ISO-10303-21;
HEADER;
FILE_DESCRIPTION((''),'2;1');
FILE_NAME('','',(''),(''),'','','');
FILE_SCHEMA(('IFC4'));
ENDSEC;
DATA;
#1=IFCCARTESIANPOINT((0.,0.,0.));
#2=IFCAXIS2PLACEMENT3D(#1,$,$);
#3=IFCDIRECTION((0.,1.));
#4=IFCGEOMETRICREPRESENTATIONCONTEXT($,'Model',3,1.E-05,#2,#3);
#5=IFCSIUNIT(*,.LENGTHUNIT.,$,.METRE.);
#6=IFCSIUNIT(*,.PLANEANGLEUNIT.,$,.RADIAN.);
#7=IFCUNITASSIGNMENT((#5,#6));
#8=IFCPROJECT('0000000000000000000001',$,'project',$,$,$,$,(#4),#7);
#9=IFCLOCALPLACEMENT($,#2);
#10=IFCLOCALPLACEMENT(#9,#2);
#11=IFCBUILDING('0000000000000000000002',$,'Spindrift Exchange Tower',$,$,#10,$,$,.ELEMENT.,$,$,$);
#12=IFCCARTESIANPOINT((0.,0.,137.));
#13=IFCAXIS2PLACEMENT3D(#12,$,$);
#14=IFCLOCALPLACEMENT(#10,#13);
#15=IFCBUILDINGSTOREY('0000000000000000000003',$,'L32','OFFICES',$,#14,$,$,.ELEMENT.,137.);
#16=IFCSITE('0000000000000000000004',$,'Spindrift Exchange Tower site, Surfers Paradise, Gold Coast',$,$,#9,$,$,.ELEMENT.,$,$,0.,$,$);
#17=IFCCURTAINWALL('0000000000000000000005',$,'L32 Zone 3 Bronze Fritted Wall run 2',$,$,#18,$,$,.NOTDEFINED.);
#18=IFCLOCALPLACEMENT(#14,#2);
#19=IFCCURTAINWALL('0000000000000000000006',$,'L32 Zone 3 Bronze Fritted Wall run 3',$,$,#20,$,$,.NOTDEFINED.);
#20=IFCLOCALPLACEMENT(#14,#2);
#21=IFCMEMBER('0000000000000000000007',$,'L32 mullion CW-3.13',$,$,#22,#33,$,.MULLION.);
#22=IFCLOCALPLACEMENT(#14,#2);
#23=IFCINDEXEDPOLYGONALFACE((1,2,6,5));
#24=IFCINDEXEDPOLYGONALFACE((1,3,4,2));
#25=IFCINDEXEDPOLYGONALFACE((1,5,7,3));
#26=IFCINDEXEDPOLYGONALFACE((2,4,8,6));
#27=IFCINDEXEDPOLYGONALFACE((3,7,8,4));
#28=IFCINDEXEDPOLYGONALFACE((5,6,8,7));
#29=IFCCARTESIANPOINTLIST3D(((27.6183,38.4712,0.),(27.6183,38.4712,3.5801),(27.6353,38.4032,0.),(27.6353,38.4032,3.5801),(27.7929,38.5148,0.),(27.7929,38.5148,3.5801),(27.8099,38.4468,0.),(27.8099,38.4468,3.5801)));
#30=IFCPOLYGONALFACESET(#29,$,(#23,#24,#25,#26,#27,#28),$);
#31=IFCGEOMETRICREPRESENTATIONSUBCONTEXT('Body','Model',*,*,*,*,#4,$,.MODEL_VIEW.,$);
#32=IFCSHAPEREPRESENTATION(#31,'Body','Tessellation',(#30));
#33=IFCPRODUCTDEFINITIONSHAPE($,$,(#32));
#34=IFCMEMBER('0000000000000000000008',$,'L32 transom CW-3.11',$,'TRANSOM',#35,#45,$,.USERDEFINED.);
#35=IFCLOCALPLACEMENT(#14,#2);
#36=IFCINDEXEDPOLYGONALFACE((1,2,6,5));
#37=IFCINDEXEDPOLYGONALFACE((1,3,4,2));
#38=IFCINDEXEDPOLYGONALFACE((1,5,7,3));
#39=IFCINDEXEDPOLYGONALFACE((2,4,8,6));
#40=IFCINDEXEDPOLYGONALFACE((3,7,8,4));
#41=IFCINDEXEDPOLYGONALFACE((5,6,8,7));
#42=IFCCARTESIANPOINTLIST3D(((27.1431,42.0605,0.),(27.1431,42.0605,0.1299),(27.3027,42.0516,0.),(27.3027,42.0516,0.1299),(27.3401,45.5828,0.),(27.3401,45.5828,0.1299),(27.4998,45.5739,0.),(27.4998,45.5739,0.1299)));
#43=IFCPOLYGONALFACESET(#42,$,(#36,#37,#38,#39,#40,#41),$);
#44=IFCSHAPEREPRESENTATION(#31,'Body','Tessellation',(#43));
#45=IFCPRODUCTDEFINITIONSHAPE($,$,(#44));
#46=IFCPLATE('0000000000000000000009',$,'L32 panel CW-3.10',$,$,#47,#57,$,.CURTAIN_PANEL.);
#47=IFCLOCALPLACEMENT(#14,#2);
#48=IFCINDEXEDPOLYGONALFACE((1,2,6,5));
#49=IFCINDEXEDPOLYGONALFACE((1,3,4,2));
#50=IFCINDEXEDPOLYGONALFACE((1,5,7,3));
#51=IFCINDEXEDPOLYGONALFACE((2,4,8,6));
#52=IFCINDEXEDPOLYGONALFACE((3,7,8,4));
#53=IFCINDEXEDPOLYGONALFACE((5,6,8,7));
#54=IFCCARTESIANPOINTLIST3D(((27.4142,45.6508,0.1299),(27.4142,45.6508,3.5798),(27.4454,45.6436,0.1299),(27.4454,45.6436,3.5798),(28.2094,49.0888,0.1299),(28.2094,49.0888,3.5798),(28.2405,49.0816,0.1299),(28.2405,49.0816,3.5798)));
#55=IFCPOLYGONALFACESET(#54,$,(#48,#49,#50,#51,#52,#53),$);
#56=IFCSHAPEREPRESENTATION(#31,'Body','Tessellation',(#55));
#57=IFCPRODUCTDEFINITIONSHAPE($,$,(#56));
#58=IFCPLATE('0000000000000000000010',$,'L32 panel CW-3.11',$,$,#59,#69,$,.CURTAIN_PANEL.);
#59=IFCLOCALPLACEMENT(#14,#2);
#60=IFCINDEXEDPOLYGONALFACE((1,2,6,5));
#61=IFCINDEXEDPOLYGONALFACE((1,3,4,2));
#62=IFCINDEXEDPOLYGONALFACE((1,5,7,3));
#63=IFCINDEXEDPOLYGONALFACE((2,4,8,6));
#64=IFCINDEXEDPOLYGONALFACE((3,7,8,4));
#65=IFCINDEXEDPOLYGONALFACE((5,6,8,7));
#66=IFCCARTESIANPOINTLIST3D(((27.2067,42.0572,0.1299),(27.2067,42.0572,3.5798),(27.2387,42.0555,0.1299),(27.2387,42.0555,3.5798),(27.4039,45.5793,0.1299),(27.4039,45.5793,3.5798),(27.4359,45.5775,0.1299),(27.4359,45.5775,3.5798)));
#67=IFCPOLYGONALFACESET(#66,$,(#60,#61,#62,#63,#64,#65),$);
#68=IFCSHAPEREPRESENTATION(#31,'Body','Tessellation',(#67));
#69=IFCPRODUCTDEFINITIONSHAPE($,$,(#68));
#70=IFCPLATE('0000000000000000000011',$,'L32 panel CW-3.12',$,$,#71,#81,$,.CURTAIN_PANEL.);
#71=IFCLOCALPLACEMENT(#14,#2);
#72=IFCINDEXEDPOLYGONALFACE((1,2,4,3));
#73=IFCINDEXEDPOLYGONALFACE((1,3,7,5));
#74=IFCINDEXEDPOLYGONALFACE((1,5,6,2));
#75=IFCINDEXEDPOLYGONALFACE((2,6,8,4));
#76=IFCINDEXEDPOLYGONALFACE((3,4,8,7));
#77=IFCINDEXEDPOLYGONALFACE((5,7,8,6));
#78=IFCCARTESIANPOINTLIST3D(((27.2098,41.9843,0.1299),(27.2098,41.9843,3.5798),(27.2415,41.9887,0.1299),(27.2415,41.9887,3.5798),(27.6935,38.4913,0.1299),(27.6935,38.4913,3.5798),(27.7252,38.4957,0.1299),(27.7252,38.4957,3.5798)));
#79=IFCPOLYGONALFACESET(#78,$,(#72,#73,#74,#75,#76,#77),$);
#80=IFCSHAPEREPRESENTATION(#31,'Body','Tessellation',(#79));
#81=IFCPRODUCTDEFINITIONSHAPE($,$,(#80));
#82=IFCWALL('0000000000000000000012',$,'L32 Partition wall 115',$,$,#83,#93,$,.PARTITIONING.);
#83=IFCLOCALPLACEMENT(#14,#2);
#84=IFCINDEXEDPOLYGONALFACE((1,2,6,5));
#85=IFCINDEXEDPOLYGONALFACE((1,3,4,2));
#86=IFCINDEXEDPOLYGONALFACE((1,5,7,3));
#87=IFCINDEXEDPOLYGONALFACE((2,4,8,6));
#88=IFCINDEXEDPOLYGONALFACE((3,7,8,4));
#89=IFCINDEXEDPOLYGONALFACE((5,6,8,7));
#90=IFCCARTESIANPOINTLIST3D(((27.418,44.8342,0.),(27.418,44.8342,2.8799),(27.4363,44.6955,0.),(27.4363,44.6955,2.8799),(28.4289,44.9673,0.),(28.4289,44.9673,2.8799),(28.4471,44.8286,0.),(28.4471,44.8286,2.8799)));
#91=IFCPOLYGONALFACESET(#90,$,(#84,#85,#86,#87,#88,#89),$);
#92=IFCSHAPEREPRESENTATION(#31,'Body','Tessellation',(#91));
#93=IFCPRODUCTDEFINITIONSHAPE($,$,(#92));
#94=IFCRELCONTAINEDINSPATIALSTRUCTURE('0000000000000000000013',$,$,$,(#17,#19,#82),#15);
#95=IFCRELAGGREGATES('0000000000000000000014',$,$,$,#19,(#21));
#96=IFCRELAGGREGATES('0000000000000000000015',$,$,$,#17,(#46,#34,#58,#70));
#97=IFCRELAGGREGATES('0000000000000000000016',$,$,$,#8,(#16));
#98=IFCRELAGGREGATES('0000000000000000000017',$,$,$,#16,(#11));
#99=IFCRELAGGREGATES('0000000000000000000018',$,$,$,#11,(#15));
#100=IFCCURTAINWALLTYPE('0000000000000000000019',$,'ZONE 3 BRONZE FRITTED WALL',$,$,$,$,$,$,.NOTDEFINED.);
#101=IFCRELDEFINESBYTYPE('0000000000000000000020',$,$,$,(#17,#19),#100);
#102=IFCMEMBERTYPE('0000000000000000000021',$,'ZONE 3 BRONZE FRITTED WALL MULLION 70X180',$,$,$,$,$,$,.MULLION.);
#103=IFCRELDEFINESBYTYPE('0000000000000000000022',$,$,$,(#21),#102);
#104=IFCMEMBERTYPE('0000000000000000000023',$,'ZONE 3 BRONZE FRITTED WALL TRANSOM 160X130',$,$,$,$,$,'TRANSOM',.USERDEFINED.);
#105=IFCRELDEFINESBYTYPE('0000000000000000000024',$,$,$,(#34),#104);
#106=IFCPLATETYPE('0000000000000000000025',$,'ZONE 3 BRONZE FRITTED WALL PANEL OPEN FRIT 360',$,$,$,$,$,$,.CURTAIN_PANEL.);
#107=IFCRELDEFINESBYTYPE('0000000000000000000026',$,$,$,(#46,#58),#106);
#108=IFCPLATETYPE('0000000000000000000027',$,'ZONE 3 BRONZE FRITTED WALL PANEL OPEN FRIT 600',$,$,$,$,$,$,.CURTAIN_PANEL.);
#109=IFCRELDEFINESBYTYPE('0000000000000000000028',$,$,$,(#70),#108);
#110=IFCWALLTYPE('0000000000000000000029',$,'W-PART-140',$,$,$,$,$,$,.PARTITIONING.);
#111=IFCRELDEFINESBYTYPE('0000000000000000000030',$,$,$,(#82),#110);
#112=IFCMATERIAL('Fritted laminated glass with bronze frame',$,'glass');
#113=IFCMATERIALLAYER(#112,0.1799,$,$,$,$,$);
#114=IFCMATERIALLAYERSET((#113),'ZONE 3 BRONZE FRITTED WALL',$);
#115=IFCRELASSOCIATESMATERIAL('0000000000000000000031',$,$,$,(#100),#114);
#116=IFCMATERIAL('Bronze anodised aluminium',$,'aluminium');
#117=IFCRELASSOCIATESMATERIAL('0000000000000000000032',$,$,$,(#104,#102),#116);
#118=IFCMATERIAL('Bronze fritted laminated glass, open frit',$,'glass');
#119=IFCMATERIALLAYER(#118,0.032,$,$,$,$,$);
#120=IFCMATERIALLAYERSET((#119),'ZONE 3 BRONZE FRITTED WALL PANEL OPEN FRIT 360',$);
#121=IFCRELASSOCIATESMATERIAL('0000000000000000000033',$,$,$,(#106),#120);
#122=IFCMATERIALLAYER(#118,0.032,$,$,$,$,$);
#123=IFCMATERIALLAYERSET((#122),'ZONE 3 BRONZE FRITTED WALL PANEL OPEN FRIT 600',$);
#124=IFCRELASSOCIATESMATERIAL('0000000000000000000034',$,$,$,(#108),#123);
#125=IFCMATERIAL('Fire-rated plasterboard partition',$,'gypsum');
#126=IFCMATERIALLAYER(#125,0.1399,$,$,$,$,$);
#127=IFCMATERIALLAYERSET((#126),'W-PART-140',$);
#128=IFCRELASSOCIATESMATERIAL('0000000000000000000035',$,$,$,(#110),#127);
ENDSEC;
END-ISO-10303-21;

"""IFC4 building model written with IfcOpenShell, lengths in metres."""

from ifc_helpers import new_model, si_unit, direction, frame, frame_2d, origin, origin_2d, place, context, subcontext, project, spatial, rectangle, extrude, source, transform, mapped, material, layer, layer_set, material_profile, profile_set, type_object, element, aggregate, save


model = new_model("IFC4")

# Units and contexts
model_context = context("Model", 3, precision=1e-05, world=origin(), true_north=direction((0.0, 1.0)))
body_context = subcontext(model_context, "Body", "Model", "MODEL_VIEW")
ifc_project = project(units=[si_unit("LENGTHUNIT", "METRE"), si_unit("PLANEANGLEUNIT", "RADIAN")], contexts=[model_context])

# Site, building, storey
site_placement = place(None, origin())
site = spatial("IfcSite", under=ifc_project, at=site_placement, Name="Spindrift Exchange Tower site, Surfers Paradise, Gold Coast", CompositionType="ELEMENT", RefElevation=0.0)
building_placement = place(site_placement, origin())
building = spatial("IfcBuilding", under=site, at=building_placement, Name="Spindrift Exchange Tower", CompositionType="ELEMENT")
storey_placement = place(building_placement, frame((0.0, 0.0, 137.0)))
storey = spatial("IfcBuildingStorey", under=building, at=storey_placement, Name="L32", Description="OFFICES", CompositionType="ELEMENT", Elevation=137.0)

# Curtain wall
ifc_material_1 = material(Name="Fritted laminated glass with bronze frame", Category="glass")
ifc_layer_1 = layer(ifc_material_1, 0.1799)
ifc_layer_set_1 = layer_set([ifc_layer_1], Name="ZONE 3 BRONZE FRITTED WALL")
curtain_wall_type = type_object("IfcCurtainWallType", Name="ZONE 3 BRONZE FRITTED WALL", PredefinedType="NOTDEFINED", material=ifc_layer_set_1)
curtain_wall_1_placement = place(storey_placement, origin())
curtain_wall_1 = element("IfcCurtainWall", 1, at=curtain_wall_1_placement, inside=storey, type_object=curtain_wall_type, Name="L32 Zone 3 Bronze Fritted Wall run 2", PredefinedType="NOTDEFINED")
ifc_material_2 = material(Name="Bronze anodised aluminium", Category="aluminium")
ifc_material_profile_1 = material_profile(ifc_material_2, rectangle(XDim=0.1599, YDim=0.1299, at=origin_2d()), Name="ZONE 3 BRONZE FRITTED WALL TRANSOM 160X130")
ifc_profile_set_1 = profile_set([ifc_material_profile_1], Name="Bronze anodised aluminium")
member_type_1 = type_object("IfcMemberType", Name="ZONE 3 BRONZE FRITTED WALL TRANSOM 160X130", ElementType="TRANSOM", PredefinedType="USERDEFINED", material=ifc_profile_set_1)

# Curtain wall
curtain_wall_2_placement = place(storey_placement, origin())
curtain_wall_2 = element("IfcCurtainWall", 2, at=curtain_wall_2_placement, inside=storey, type_object=curtain_wall_type, Name="L32 Zone 3 Bronze Fritted Wall run 3", PredefinedType="NOTDEFINED")

# Members
ifc_material_profile_2 = material_profile(ifc_material_2, rectangle(XDim=0.0701, YDim=0.1799, at=origin_2d()), Name="ZONE 3 BRONZE FRITTED WALL MULLION 70X180")
ifc_profile_set_2 = profile_set([ifc_material_profile_2], Name="Bronze anodised aluminium")
member_type_2 = type_object("IfcMemberType", Name="ZONE 3 BRONZE FRITTED WALL MULLION 70X180", PredefinedType="MULLION", material=ifc_profile_set_2)
shared_shape_1 = source(origin(), body_context, "Body", "SweptSolid", [
    extrude(rectangle(XDim=0.0701, YDim=0.1799, at=origin_2d()), origin(), (0.0, 0.0, 1.0), 3.5801),
])
member_1_placement = place(storey_placement, frame((27.7141, 38.459, 0.0), z_axis=(0.0, 0.0, 1.0), x_axis=(0.242276, -0.970207, 0.0)))
member_1 = element("IfcMember", 3, at=member_1_placement, type_object=member_type_2, Name="L32 mullion CW-3.13", PredefinedType="MULLION", context=body_context, shape_type="MappedRepresentation", body=[
    mapped(shared_shape_1, transform((0.0, 0.0, 0.0), scale=1.0)),
])
aggregate(curtain_wall_2, [member_1])
shared_shape_2 = source(origin(), body_context, "Body", "SweptSolid", [
    extrude(rectangle(XDim=0.1599, YDim=0.1299, at=origin_2d()), origin(), (0.0, 0.0, 1.0), 3.5278),
])
member_2_placement = place(storey_placement, frame((27.4199, 45.5784, 0.0649), z_axis=(-0.055849, -0.998439, 0.0), x_axis=(0.998439, -0.055849, 0.0)))
member_2 = element("IfcMember", 4, at=member_2_placement, type_object=member_type_1, Name="L32 transom CW-3.11", ObjectType="TRANSOM", PredefinedType="USERDEFINED", context=body_context, shape_type="MappedRepresentation", body=[
    mapped(shared_shape_2, transform((0.0, 0.0, 0.0), scale=1.0)),
])

# Plates
ifc_material_3 = material(Name="Bronze fritted laminated glass, open frit", Category="glass")
ifc_layer_2 = layer(ifc_material_3, 0.032)
ifc_layer_set_2 = layer_set([ifc_layer_2], Name="ZONE 3 BRONZE FRITTED WALL PANEL OPEN FRIT 360")
plate_type_1 = type_object("IfcPlateType", Name="ZONE 3 BRONZE FRITTED WALL PANEL OPEN FRIT 360", PredefinedType="CURTAIN_PANEL", material=ifc_layer_set_2)
shared_shape_3 = source(origin(), body_context, "Body", "SweptSolid", [
    extrude(rectangle(XDim=3.5288, YDim=0.032, at=origin_2d()), origin(), (0.0, 0.0, 1.0), 3.45),
])
plate_1_placement = place(storey_placement, frame((27.8274, 47.3662, 0.1299), z_axis=(0.0, 0.0, 1.0), x_axis=(-0.225329, -0.974283, 0.0)))
plate_1 = element("IfcPlate", 5, at=plate_1_placement, type_object=plate_type_1, Name="L32 panel CW-3.10", PredefinedType="CURTAIN_PANEL", context=body_context, shape_type="MappedRepresentation", body=[
    mapped(shared_shape_3, transform((0.0, 0.0, 0.0), scale=1.0)),
])
shared_shape_4 = source(origin(), body_context, "Body", "SweptSolid", [
    extrude(rectangle(XDim=3.5276, YDim=0.032, at=origin_2d()), origin(), (0.0, 0.0, 1.0), 3.45),
])
plate_2_placement = place(storey_placement, frame((27.3213, 43.8174, 0.1299), z_axis=(0.0, 0.0, 1.0), x_axis=(-0.0559, -0.998436, 0.0)))
plate_2 = element("IfcPlate", 6, at=plate_2_placement, type_object=plate_type_1, Name="L32 panel CW-3.11", PredefinedType="CURTAIN_PANEL", context=body_context, shape_type="MappedRepresentation", body=[
    mapped(shared_shape_4, transform((0.0, 0.0, 0.0), scale=1.0)),
])
ifc_layer_3 = layer(ifc_material_3, 0.032)
ifc_layer_set_3 = layer_set([ifc_layer_3], Name="ZONE 3 BRONZE FRITTED WALL PANEL OPEN FRIT 600")
plate_type_2 = type_object("IfcPlateType", Name="ZONE 3 BRONZE FRITTED WALL PANEL OPEN FRIT 600", PredefinedType="CURTAIN_PANEL", material=ifc_layer_set_3)
shared_shape_5 = source(origin(), body_context, "Body", "SweptSolid", [
    extrude(rectangle(XDim=3.5264, YDim=0.032, at=origin_2d()), origin(), (0.0, 0.0, 1.0), 3.45),
])
plate_3_placement = place(storey_placement, frame((27.4675, 40.24, 0.1299), z_axis=(0.0, 0.0, 1.0), x_axis=(0.13717, -0.990548, 0.0)))
plate_3 = element("IfcPlate", 7, at=plate_3_placement, type_object=plate_type_2, Name="L32 panel CW-3.12", PredefinedType="CURTAIN_PANEL", context=body_context, shape_type="MappedRepresentation", body=[
    mapped(shared_shape_5, transform((0.0, 0.0, 0.0), scale=1.0)),
])
aggregate(curtain_wall_1, [plate_1, member_2, plate_2, plate_3])

# Wall
ifc_material_4 = material(Name="Fire-rated plasterboard partition", Category="gypsum")
ifc_layer_4 = layer(ifc_material_4, 0.1399)
ifc_layer_set_4 = layer_set([ifc_layer_4], Name="W-PART-140")
wall_type = type_object("IfcWallType", Name="W-PART-140", PredefinedType="PARTITIONING", material=ifc_layer_set_4)
wall_placement = place(storey_placement, frame((28.438, 44.8979, 0.0), z_axis=(0.0, 0.0, 1.0), x_axis=(-0.991446, -0.130516, 0.0)))
element("IfcWall", 8, at=wall_placement, inside=storey, type_object=wall_type, Name="L32 Partition wall 115", PredefinedType="PARTITIONING", context=body_context, shape_type="SweptSolid", body=[
    extrude(rectangle(XDim=1.0195, YDim=0.1399, at=frame_2d((0.5098, 0.0))), origin(), (0.0, 0.0, 1.0), 2.8799),
])

save(model, "model.ifc")
